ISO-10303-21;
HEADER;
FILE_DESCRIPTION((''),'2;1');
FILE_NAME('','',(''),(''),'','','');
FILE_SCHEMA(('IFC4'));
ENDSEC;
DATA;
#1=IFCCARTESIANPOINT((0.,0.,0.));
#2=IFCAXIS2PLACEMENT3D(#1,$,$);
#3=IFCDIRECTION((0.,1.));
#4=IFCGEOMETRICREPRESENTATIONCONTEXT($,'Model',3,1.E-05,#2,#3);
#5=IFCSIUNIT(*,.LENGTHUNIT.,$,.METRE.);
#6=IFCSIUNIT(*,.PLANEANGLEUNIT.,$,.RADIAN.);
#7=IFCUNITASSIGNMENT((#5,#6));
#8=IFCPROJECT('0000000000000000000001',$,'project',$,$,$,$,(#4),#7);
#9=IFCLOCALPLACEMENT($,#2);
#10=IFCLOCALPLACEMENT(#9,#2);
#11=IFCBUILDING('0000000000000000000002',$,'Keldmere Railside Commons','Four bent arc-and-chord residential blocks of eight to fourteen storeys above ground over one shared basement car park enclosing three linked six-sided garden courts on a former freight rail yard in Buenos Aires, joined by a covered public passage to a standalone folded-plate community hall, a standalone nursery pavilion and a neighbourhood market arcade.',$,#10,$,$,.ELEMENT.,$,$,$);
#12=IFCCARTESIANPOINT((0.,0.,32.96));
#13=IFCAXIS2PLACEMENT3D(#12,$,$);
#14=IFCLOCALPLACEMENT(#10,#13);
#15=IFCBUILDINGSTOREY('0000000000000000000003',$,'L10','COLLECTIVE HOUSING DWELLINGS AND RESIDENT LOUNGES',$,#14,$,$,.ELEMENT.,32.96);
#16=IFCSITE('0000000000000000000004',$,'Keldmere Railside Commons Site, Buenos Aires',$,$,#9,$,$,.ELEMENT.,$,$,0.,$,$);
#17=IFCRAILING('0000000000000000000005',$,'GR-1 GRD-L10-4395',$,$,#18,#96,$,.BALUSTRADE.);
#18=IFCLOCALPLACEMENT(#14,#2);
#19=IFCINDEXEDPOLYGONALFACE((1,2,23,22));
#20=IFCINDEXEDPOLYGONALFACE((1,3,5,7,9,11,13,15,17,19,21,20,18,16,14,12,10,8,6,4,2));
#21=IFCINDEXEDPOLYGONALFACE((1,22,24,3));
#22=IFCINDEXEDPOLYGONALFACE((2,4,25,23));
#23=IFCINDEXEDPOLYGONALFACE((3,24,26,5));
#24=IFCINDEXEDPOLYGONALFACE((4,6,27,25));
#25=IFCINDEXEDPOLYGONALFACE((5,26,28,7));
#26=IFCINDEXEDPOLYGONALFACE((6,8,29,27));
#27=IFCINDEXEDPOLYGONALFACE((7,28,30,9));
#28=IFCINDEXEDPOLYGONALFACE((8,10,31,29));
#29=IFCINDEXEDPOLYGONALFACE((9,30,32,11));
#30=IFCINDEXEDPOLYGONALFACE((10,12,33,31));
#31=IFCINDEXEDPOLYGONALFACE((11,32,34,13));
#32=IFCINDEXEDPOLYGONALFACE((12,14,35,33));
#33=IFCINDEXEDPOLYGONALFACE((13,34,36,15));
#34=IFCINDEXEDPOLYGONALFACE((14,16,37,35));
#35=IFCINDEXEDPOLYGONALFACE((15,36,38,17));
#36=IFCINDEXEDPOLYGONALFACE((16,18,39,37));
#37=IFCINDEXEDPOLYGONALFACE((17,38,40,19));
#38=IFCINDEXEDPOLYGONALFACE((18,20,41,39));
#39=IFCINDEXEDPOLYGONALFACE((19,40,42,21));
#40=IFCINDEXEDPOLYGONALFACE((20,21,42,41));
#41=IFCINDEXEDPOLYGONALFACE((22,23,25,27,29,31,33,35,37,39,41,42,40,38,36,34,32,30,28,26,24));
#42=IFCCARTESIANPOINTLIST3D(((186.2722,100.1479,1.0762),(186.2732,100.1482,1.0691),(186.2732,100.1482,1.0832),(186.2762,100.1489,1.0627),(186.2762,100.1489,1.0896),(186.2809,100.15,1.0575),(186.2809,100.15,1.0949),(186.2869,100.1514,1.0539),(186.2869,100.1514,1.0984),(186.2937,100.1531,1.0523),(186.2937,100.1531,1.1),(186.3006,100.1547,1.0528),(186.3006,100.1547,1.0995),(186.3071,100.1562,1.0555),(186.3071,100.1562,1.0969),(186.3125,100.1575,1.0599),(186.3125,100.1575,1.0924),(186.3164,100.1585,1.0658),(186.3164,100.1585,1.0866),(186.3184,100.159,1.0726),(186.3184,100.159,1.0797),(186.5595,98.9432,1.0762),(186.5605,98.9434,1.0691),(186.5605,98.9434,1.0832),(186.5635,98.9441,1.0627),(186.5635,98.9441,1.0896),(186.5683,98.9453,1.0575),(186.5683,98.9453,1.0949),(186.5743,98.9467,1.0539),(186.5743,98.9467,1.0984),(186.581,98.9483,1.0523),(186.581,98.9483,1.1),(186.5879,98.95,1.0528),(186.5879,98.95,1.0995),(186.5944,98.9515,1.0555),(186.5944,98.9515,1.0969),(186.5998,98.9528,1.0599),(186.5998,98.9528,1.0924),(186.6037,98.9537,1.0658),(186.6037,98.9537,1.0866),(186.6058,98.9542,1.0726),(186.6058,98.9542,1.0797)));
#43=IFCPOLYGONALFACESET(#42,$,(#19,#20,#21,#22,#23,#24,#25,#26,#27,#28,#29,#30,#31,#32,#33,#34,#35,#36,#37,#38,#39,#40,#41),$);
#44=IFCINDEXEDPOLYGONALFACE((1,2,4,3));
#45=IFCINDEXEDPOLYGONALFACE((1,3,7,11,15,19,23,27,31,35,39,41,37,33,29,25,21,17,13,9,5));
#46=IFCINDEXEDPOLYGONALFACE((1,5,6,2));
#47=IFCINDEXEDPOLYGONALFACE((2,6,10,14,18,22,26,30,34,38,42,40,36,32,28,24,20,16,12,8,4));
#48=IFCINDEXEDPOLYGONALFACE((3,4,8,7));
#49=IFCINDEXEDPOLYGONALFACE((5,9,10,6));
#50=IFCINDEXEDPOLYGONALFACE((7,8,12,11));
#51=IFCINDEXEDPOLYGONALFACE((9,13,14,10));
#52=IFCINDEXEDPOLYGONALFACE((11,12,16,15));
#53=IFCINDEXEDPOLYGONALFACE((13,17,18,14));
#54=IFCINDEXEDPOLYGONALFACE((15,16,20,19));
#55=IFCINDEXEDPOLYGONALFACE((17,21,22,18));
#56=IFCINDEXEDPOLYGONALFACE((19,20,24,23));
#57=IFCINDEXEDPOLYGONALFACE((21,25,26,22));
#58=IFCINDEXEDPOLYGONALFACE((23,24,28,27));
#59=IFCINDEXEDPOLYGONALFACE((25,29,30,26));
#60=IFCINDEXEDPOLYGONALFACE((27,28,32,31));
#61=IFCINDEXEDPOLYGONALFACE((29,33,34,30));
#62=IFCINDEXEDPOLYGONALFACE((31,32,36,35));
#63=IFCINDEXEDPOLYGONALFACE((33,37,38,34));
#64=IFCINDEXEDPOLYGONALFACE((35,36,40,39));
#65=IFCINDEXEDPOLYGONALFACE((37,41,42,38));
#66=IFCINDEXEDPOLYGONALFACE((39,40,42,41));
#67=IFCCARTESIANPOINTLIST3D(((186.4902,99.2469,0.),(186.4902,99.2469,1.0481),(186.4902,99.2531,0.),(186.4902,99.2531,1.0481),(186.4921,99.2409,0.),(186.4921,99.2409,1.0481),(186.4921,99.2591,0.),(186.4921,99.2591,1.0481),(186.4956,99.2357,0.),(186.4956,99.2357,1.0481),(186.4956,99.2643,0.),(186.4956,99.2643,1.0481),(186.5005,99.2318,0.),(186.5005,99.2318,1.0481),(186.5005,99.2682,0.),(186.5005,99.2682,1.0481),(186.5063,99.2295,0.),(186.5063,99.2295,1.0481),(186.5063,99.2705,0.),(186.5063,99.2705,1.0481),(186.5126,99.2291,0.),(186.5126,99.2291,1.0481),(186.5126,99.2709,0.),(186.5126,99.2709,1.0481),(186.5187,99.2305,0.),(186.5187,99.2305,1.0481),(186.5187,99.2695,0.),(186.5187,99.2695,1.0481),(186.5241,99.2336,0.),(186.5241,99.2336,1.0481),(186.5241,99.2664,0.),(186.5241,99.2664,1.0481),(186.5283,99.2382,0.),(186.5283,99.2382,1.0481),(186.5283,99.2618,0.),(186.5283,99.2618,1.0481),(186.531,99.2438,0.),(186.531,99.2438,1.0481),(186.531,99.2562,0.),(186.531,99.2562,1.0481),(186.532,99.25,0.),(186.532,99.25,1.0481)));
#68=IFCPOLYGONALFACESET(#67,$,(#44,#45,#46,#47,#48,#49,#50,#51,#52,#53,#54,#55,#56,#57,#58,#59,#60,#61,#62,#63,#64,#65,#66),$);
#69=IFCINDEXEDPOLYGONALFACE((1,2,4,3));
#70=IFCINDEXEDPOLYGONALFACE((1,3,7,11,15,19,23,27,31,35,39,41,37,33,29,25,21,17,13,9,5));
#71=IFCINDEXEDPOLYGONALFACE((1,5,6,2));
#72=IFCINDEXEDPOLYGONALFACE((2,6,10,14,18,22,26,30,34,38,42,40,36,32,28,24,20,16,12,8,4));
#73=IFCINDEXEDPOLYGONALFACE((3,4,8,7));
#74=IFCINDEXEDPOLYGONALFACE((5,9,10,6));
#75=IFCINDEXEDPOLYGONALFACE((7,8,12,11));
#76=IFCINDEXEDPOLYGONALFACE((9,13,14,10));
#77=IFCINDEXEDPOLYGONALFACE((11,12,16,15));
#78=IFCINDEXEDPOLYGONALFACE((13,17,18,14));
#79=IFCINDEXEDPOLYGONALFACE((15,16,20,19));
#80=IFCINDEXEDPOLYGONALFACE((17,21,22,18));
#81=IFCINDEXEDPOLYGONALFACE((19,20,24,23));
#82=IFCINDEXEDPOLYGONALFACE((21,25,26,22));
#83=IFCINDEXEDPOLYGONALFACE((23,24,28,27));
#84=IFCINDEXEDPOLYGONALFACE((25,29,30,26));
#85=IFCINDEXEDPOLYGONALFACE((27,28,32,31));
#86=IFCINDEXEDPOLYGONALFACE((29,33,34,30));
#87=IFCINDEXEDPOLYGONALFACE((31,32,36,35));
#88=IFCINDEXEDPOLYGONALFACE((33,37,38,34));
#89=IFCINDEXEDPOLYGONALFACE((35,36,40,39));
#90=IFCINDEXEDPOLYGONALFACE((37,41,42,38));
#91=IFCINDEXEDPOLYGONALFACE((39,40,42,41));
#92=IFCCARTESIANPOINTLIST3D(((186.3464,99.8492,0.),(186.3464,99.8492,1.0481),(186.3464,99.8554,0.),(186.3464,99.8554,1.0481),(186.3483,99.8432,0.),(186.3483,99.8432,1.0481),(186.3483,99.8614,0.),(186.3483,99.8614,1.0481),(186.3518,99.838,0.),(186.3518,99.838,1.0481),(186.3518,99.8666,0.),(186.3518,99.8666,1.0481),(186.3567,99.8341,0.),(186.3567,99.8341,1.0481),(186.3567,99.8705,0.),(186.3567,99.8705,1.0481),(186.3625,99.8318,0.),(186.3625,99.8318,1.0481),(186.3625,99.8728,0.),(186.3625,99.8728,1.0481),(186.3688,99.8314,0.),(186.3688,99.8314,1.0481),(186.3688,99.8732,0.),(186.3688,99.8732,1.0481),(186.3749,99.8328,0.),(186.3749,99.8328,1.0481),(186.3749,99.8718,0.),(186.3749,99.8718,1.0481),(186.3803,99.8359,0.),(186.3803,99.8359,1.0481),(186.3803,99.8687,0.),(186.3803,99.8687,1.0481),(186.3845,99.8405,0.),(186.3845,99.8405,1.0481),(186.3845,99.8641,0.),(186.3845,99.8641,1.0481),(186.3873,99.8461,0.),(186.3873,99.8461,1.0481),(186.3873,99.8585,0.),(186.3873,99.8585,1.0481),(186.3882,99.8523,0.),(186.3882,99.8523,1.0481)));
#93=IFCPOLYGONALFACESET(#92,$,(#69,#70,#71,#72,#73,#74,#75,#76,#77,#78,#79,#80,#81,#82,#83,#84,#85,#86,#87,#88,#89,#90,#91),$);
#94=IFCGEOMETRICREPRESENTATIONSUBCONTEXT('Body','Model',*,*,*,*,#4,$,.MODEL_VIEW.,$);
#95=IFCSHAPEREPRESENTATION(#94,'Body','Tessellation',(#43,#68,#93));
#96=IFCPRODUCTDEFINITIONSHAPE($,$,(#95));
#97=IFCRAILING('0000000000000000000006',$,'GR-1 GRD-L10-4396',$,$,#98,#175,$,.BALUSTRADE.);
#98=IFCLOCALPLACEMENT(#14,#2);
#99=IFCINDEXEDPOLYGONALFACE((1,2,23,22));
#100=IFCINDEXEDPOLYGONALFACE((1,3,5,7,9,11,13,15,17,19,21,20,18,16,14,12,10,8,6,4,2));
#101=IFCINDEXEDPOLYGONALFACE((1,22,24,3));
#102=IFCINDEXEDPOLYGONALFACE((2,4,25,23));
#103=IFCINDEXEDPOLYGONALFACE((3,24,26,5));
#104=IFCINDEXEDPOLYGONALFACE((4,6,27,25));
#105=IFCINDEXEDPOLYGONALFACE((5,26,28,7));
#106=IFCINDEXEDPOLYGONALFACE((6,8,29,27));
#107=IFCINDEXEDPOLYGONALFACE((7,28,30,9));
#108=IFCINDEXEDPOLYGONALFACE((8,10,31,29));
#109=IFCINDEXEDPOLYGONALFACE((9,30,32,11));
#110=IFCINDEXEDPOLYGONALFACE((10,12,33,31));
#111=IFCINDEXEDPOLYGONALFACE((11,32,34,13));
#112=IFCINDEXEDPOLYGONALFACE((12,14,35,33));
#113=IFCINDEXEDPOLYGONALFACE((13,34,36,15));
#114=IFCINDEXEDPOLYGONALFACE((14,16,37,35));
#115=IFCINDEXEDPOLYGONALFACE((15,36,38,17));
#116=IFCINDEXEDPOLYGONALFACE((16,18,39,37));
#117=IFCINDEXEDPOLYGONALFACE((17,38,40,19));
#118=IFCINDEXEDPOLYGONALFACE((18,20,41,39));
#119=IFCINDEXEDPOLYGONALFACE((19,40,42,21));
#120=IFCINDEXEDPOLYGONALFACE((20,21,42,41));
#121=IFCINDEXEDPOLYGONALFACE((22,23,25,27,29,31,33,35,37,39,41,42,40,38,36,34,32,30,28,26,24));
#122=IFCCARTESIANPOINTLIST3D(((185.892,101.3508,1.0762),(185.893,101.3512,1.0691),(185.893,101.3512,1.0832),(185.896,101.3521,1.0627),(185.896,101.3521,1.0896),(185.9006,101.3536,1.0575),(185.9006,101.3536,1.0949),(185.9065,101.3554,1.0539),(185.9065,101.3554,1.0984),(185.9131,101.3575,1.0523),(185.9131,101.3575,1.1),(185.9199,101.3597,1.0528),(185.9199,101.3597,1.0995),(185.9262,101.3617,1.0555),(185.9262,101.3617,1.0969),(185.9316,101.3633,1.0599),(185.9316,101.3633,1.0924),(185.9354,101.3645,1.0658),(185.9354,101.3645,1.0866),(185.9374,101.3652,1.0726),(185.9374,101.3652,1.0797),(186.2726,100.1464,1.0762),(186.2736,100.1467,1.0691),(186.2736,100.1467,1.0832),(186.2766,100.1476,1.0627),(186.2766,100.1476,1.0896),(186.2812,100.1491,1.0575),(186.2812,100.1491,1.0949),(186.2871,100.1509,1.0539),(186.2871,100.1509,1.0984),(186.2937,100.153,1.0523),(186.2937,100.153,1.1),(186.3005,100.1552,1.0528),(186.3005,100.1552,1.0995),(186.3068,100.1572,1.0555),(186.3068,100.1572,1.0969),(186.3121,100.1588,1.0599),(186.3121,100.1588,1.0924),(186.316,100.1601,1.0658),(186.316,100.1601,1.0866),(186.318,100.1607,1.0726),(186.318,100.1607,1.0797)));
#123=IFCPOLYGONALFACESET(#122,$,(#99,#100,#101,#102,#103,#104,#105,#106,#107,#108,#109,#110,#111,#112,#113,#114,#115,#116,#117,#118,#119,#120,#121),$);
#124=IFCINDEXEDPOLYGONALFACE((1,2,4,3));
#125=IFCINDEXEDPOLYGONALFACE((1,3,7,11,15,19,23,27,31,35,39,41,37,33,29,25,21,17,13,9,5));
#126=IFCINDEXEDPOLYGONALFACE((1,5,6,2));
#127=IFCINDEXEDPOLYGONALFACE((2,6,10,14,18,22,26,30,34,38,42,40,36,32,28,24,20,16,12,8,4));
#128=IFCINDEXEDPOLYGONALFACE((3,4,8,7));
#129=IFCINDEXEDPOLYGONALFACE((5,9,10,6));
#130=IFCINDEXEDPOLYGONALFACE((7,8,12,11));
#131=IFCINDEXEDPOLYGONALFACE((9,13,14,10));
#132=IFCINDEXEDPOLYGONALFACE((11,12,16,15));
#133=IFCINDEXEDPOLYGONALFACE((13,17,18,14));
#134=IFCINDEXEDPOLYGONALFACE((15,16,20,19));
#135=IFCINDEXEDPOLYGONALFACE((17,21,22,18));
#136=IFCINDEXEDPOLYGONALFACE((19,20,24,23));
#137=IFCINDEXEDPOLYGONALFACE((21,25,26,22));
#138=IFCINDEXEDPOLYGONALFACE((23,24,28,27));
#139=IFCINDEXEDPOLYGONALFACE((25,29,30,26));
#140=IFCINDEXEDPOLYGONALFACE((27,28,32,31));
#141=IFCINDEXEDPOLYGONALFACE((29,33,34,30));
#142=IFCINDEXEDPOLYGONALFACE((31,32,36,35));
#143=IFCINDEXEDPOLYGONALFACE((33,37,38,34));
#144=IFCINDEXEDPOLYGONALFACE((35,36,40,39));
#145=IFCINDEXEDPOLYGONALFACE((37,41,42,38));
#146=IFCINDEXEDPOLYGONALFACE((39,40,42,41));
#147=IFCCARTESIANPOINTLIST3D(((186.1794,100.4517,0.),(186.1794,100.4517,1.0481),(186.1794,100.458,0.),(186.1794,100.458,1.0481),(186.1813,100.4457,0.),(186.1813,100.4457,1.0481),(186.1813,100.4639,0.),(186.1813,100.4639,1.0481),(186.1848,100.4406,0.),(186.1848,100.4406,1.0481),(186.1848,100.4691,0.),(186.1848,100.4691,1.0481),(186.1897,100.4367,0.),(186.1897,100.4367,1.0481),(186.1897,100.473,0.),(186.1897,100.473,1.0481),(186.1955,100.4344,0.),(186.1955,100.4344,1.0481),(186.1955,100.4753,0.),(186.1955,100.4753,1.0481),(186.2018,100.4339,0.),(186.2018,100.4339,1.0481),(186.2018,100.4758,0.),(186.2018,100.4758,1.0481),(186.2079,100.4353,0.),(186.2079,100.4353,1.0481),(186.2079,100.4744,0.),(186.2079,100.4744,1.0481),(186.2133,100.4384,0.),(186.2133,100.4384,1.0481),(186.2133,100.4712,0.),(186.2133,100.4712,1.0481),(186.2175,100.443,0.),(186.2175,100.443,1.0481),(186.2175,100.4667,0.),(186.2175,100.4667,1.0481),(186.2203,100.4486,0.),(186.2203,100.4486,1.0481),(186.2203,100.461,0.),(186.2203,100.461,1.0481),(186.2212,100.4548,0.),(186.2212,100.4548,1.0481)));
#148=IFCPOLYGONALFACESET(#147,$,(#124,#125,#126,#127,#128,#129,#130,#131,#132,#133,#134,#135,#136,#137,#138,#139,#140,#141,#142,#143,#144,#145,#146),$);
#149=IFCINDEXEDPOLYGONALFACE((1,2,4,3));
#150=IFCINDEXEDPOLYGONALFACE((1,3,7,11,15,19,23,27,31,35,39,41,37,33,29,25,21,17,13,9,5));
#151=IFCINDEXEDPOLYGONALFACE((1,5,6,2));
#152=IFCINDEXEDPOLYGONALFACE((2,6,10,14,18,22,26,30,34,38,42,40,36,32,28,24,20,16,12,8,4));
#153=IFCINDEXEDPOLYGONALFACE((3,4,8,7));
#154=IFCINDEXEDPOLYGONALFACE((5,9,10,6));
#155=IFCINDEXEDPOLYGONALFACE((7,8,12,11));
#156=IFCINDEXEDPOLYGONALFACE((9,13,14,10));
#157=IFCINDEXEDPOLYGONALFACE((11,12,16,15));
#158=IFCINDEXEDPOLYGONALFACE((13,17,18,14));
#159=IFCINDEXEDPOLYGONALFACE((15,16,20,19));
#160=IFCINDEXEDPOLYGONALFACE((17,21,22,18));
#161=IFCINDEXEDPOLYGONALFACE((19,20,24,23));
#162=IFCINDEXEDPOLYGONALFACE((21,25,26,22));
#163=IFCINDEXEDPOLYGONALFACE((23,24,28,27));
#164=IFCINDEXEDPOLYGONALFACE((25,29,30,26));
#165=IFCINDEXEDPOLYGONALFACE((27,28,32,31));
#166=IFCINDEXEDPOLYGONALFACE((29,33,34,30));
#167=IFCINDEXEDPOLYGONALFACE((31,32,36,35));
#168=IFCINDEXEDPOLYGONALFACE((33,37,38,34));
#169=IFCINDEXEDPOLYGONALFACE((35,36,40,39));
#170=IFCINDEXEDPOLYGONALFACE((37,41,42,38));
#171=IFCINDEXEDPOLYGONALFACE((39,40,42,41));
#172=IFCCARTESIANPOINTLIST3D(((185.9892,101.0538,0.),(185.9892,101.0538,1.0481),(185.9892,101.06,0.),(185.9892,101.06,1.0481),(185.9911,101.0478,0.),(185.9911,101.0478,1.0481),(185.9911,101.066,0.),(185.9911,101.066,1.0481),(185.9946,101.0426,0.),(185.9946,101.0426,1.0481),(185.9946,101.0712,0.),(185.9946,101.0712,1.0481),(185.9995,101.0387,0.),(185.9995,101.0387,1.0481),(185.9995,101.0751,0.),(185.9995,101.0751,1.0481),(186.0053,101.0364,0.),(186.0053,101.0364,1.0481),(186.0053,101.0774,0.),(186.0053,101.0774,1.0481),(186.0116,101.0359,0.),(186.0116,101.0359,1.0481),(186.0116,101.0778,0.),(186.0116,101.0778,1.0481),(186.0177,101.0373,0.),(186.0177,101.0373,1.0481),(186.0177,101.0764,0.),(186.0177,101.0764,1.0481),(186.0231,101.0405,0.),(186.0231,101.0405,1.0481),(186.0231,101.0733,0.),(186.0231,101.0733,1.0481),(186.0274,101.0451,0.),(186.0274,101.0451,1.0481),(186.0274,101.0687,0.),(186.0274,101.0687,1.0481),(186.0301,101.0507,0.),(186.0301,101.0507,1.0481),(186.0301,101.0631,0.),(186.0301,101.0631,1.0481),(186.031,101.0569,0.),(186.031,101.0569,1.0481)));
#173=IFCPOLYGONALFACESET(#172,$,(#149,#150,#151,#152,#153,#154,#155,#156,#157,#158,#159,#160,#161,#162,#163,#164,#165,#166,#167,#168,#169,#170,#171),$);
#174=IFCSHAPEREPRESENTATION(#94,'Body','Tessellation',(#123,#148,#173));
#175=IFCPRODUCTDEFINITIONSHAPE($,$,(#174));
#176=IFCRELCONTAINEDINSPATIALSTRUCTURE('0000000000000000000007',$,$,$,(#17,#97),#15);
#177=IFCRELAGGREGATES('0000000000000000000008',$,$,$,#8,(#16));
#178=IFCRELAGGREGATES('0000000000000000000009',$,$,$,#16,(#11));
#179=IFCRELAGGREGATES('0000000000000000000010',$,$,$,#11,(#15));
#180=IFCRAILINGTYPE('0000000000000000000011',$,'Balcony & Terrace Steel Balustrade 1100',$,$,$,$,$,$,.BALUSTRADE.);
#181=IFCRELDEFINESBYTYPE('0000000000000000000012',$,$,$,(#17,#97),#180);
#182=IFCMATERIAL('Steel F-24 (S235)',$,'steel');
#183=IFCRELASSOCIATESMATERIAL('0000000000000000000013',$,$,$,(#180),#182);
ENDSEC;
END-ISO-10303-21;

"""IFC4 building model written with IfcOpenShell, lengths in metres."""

from ifc_helpers import new_model, si_unit, direction, frame, origin, origin_2d, place, context, subcontext, project, spatial, circle, extrude, material, type_object, element, save


model = new_model("IFC4")

# Units and contexts
model_context = context("Model", 3, precision=1e-05, world=origin(), true_north=direction((0.0, 1.0)))
body_context = subcontext(model_context, "Body", "Model", "MODEL_VIEW")
ifc_project = project(units=[si_unit("LENGTHUNIT", "METRE"), si_unit("PLANEANGLEUNIT", "RADIAN")], contexts=[model_context])

# Site, building, storey
site_placement = place(None, origin())
site = spatial("IfcSite", under=ifc_project, at=site_placement, Name="Keldmere Railside Commons Site, Buenos Aires", CompositionType="ELEMENT", RefElevation=0.0)
building_placement = place(site_placement, origin())
building = spatial("IfcBuilding", under=site, at=building_placement, Name="Keldmere Railside Commons", Description="Four bent arc-and-chord residential blocks of eight to fourteen storeys above ground over one shared basement car park enclosing three linked six-sided garden courts on a former freight rail yard in Buenos Aires, joined by a covered public passage to a standalone folded-plate community hall, a standalone nursery pavilion and a neighbourhood market arcade.", CompositionType="ELEMENT")
storey_placement = place(building_placement, frame((0.0, 0.0, 32.96)))
storey = spatial("IfcBuildingStorey", under=building, at=storey_placement, Name="L10", Description="COLLECTIVE HOUSING DWELLINGS AND RESIDENT LOUNGES", CompositionType="ELEMENT", Elevation=32.96)

# Railings
ifc_material_1 = material(Name="Steel F-24 (S235)", Category="steel")
railing_type = type_object("IfcRailingType", Name="Balcony & Terrace Steel Balustrade 1100", PredefinedType="BALUSTRADE", material=ifc_material_1)
railing_1_placement = place(storey_placement, frame((186.5828, 98.9487, 0.0)))
element("IfcRailing", 1, at=railing_1_placement, inside=storey, type_object=railing_type, Name="GR-1 GRD-L10-4395", PredefinedType="BALUSTRADE", context=body_context, shape_type="SweptSolid", body=[
    extrude(circle(Radius=0.0239, at=origin_2d()), frame((0.0, 0.0, 1.0762), z_axis=(-0.231994, 0.972717, 0.0), x_axis=(-0.972717, -0.231994, 0.0)), (0.0, 0.0, 1.0), 1.2385),
    extrude(circle(Radius=0.021, at=origin_2d()), frame((-0.0718, 0.3013, 0.0)), (0.0, 0.0, 1.0), 1.0481),
    extrude(circle(Radius=0.021, at=origin_2d()), frame((-0.2156, 0.9036, 0.0)), (0.0, 0.0, 1.0), 1.0481),
])
railing_2_placement = place(storey_placement, frame((186.2954, 100.1536, 0.0)))
element("IfcRailing", 2, at=railing_2_placement, inside=storey, type_object=railing_type, Name="GR-1 GRD-L10-4396", PredefinedType="BALUSTRADE", context=body_context, shape_type="SweptSolid", body=[
    extrude(circle(Radius=0.0239, at=origin_2d()), frame((0.0, 0.0, 1.0762), z_axis=(-0.301289, 0.953533, 0.0), x_axis=(-0.953533, -0.301289, 0.0)), (0.0, 0.0, 1.0), 1.2632),
    extrude(circle(Radius=0.021, at=origin_2d()), frame((-0.0952, 0.3013, 0.0)), (0.0, 0.0, 1.0), 1.0481),
    extrude(circle(Radius=0.021, at=origin_2d()), frame((-0.2854, 0.9033, 0.0)), (0.0, 0.0, 1.0), 1.0481),
])

save(model, "model.ifc")
